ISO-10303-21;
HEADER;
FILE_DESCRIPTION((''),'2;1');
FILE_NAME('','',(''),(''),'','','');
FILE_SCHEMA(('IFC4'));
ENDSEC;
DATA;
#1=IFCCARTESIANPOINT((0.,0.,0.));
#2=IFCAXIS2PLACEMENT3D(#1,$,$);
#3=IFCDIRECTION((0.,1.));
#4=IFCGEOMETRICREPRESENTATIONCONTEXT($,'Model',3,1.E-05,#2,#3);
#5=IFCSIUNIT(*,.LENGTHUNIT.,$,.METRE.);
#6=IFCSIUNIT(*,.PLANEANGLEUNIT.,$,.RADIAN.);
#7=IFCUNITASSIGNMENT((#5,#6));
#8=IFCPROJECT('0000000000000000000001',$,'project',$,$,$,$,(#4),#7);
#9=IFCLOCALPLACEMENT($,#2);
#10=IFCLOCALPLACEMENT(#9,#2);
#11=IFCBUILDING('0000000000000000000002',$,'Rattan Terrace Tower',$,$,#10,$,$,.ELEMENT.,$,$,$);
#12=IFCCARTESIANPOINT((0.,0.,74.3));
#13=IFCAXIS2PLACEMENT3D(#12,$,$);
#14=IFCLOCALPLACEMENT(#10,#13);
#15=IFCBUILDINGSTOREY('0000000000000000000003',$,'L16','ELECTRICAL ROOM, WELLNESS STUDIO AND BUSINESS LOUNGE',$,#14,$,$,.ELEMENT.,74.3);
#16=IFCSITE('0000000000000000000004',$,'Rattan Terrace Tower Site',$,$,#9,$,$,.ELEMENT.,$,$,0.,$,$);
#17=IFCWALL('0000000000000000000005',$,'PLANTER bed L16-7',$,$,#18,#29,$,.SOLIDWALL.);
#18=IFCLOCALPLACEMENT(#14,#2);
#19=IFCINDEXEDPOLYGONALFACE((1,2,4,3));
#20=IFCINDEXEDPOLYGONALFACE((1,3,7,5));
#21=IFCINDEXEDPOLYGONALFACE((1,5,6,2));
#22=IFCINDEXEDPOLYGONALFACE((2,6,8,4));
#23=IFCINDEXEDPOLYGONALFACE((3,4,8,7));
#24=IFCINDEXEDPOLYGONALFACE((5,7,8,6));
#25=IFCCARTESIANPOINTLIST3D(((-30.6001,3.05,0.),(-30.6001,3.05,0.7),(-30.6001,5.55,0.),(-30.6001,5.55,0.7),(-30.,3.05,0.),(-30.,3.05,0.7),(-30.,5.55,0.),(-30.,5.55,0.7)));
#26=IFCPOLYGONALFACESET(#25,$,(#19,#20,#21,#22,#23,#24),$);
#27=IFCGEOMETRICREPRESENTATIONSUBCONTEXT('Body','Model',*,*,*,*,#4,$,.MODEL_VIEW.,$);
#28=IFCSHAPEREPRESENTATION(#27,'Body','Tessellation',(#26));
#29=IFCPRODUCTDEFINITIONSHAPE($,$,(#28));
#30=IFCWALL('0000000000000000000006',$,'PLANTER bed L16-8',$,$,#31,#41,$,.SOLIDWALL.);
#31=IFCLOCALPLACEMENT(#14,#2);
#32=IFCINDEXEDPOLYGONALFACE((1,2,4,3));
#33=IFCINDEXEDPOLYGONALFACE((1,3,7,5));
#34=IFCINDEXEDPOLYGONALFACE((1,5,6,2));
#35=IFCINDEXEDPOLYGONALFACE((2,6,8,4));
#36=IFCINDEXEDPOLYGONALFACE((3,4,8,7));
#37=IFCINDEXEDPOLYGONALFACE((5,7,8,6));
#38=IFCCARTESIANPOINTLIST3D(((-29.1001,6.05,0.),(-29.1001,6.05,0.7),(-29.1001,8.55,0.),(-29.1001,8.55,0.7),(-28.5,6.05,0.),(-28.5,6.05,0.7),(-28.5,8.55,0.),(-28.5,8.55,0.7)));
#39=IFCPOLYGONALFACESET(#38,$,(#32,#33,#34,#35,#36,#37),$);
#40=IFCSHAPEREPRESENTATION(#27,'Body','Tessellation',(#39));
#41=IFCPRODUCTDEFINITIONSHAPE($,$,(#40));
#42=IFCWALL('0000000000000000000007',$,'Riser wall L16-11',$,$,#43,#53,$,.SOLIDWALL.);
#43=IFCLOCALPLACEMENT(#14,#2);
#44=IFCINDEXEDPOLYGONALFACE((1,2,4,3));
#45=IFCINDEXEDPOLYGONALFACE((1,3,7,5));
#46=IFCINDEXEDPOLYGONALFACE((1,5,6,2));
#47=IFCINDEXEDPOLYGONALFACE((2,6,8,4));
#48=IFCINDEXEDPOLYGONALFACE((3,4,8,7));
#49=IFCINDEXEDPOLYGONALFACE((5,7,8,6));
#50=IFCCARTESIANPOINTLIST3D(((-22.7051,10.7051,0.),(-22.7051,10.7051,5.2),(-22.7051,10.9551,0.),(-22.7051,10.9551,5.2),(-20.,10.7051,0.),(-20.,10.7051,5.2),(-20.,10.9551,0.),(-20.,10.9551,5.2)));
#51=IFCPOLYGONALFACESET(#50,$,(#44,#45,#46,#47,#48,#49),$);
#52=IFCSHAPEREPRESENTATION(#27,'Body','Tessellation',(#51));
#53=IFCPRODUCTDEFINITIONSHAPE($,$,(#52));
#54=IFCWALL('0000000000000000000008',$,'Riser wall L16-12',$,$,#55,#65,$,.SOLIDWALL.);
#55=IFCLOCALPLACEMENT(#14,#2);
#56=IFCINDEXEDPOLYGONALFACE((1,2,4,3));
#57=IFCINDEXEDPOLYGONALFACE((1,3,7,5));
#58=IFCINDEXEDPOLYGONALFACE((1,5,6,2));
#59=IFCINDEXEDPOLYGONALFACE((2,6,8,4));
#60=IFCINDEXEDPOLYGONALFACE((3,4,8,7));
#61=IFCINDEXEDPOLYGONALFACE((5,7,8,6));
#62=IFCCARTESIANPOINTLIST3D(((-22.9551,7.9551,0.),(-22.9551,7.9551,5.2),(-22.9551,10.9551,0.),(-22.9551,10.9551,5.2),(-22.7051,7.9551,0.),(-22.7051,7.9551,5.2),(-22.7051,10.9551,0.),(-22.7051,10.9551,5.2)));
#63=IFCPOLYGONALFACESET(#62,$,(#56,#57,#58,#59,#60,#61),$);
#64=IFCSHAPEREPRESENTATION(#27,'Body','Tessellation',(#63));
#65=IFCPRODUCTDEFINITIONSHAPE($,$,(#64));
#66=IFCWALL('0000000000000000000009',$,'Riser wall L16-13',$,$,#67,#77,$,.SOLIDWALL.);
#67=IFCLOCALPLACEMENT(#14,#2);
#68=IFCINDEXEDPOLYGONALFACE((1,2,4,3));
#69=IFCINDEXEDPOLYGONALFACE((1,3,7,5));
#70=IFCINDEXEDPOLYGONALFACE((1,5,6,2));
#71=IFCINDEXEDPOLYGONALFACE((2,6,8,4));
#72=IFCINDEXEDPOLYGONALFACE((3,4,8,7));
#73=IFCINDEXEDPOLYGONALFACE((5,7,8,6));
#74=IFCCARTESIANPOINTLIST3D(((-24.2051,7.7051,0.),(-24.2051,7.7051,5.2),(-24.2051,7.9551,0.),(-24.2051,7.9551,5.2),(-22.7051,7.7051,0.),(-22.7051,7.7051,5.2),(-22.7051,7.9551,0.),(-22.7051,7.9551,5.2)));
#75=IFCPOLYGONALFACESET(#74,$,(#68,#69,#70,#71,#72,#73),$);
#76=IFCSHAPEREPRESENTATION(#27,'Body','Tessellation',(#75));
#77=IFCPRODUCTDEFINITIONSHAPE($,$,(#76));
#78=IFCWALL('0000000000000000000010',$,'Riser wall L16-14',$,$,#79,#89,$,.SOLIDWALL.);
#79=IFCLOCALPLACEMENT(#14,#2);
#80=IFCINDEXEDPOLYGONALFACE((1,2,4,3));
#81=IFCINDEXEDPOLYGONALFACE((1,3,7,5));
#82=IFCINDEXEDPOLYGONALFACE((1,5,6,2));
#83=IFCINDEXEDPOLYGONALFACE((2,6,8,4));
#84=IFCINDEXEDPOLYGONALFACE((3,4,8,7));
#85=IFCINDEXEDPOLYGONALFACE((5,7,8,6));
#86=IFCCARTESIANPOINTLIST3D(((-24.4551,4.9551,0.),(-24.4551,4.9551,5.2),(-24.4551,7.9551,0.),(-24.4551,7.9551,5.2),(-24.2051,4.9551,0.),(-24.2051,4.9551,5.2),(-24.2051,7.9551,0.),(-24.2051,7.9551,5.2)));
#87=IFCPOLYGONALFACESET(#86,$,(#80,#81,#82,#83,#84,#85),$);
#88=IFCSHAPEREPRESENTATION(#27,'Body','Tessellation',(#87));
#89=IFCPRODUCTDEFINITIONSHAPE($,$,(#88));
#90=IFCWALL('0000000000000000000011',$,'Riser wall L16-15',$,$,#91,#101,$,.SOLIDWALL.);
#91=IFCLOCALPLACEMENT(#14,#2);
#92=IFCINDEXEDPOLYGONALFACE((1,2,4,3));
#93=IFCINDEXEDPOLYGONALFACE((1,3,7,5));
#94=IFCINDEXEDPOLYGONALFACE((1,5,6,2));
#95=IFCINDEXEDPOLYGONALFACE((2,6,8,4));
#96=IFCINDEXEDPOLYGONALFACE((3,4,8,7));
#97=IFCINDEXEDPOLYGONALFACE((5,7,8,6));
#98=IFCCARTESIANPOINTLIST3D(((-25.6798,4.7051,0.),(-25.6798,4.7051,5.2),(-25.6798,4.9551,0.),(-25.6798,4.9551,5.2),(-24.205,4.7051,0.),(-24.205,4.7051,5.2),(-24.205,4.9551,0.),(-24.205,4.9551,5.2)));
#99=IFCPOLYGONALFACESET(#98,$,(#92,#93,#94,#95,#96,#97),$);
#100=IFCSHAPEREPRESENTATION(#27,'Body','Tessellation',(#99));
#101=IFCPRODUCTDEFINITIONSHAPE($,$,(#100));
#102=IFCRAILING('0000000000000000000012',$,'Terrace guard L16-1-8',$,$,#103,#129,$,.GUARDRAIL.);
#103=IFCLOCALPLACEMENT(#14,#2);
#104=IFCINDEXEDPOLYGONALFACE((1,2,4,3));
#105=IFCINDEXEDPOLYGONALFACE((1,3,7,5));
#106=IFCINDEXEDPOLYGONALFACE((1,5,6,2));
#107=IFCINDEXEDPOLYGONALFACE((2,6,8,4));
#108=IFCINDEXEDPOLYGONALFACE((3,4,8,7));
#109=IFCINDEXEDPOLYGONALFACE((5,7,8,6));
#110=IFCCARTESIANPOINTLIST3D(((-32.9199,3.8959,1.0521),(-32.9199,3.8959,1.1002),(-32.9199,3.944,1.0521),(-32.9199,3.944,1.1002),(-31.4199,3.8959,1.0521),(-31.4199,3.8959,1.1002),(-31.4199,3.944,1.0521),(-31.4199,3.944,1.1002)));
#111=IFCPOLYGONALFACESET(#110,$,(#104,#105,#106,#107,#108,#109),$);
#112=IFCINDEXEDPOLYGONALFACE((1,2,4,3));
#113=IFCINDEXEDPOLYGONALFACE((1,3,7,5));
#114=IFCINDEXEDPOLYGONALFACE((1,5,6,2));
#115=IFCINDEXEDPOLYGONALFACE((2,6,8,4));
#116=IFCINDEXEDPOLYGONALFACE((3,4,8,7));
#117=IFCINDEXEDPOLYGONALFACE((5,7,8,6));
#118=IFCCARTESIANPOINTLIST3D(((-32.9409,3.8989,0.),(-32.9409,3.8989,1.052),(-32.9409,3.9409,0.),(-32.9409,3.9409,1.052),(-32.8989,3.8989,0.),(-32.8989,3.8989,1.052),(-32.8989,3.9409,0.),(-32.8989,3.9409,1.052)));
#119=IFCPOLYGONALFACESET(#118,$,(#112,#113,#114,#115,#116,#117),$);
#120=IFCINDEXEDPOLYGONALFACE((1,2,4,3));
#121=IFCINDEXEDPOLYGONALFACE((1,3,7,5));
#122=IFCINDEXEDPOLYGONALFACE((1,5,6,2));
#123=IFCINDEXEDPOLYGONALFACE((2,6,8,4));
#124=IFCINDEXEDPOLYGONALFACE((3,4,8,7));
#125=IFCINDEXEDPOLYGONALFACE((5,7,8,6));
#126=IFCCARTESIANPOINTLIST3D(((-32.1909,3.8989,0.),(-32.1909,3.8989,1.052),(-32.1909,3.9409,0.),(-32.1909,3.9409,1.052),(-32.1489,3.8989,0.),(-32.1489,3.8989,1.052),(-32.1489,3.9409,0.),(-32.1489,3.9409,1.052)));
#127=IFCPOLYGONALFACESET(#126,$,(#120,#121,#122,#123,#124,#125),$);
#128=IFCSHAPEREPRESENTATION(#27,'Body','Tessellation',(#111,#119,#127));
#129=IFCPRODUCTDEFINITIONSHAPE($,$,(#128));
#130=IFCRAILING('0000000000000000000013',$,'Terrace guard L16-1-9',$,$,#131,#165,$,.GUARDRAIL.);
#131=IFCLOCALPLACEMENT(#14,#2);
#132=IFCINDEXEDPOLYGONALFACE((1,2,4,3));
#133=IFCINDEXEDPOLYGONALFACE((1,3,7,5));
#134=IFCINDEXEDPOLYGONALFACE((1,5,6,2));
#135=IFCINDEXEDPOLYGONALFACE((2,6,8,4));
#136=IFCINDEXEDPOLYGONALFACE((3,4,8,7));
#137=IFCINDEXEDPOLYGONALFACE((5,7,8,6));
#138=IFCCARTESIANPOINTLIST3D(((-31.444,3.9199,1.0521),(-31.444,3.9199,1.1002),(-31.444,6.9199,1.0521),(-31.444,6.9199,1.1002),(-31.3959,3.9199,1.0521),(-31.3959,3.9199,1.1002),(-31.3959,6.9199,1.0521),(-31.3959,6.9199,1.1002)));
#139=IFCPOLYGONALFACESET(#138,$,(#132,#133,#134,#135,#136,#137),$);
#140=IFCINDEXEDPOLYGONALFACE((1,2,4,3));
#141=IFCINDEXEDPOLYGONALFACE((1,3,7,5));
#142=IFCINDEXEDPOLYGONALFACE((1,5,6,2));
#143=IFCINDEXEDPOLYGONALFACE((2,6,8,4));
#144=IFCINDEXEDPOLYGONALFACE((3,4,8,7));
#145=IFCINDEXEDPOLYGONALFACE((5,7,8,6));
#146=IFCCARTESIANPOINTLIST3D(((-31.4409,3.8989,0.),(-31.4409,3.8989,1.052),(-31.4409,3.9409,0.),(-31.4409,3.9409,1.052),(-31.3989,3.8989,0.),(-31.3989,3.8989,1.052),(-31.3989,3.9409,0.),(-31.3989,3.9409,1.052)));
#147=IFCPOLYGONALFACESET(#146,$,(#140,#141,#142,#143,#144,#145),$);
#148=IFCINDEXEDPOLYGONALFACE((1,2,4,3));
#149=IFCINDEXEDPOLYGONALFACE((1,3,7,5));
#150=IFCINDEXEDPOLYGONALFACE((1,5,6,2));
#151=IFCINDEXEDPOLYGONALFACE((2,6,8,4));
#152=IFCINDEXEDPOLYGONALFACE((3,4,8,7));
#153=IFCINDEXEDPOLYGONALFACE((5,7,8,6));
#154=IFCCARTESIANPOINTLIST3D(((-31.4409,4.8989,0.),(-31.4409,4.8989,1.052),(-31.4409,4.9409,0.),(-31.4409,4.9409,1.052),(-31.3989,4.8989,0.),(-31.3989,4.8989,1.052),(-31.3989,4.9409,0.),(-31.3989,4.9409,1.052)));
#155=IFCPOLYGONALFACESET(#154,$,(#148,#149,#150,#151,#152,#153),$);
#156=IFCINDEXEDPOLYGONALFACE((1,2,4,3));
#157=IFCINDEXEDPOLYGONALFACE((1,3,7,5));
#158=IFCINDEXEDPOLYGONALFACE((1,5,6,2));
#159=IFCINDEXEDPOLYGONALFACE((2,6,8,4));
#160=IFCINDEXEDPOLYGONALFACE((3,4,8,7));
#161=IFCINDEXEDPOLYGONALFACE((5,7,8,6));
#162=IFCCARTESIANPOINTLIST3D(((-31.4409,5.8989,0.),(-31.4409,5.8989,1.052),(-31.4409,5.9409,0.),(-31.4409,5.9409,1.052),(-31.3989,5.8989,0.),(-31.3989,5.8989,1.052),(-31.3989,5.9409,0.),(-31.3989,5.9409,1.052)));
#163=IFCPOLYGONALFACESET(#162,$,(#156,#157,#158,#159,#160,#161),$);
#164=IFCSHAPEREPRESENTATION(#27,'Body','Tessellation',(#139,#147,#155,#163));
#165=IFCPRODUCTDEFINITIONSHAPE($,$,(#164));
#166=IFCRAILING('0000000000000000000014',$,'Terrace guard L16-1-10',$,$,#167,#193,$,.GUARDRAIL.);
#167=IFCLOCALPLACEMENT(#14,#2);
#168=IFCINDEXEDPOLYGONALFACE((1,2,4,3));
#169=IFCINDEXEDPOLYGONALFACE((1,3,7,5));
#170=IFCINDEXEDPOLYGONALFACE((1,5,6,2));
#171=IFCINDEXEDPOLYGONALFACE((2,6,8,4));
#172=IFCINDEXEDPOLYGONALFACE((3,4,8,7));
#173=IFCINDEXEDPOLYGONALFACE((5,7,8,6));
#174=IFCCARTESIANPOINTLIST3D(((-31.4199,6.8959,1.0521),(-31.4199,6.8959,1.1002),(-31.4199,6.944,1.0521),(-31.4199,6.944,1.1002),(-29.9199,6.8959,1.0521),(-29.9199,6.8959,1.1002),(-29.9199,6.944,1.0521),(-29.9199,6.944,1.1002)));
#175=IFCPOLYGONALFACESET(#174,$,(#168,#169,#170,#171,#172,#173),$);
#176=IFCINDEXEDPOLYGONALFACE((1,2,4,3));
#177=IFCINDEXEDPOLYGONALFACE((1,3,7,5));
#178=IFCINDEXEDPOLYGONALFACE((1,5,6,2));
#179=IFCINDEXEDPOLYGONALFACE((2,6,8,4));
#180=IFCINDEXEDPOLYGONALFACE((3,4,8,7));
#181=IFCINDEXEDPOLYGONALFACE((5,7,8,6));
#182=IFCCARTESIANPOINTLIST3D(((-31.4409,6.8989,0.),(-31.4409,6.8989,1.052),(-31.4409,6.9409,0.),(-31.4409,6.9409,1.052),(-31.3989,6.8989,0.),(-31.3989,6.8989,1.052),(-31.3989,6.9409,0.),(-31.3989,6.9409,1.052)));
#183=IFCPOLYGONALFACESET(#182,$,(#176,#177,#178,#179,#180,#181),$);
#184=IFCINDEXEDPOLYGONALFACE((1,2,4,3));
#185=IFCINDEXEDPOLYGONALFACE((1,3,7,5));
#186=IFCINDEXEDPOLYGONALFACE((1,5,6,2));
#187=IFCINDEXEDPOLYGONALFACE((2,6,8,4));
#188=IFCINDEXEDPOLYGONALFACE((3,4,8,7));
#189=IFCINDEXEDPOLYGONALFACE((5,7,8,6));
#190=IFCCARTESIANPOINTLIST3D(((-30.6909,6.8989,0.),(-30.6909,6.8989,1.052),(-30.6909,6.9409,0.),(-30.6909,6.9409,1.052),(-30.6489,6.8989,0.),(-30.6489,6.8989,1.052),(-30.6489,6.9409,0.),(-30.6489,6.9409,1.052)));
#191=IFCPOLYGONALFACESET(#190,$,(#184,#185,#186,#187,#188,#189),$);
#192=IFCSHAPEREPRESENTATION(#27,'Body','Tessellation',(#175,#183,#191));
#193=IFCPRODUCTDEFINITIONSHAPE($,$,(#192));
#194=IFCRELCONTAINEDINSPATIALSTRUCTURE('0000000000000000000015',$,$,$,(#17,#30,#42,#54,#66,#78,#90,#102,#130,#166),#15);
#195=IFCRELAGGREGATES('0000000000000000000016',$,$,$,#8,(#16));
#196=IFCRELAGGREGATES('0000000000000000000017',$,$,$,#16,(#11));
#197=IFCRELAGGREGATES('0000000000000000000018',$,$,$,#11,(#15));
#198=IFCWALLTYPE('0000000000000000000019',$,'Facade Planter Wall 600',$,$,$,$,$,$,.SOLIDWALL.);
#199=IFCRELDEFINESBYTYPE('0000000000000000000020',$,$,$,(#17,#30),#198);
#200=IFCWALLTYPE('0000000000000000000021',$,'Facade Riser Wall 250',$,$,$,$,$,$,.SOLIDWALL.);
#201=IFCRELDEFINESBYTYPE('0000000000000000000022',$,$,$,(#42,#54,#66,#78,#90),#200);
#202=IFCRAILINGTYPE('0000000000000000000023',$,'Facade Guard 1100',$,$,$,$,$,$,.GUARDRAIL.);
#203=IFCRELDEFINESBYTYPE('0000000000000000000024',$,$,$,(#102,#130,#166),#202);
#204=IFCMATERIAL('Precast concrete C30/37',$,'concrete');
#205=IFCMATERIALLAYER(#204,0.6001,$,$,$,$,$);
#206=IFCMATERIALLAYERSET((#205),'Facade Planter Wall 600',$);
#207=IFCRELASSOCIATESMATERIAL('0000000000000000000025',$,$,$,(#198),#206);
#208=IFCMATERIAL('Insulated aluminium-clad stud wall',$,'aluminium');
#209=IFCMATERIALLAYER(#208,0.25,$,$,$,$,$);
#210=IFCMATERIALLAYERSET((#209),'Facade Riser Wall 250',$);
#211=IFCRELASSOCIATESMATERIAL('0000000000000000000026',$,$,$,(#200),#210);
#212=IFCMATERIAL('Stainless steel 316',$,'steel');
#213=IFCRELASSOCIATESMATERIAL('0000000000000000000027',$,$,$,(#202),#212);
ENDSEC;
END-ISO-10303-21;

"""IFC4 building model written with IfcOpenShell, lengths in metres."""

from ifc_helpers import new_model, si_unit, direction, frame, frame_2d, origin, origin_2d, place, context, subcontext, project, spatial, rectangle, extrude, material, layer, layer_set, type_object, element, save


model = new_model("IFC4")

# Units and contexts
model_context = context("Model", 3, precision=1e-05, world=origin(), true_north=direction((0.0, 1.0)))
body_context = subcontext(model_context, "Body", "Model", "MODEL_VIEW")
ifc_project = project(units=[si_unit("LENGTHUNIT", "METRE"), si_unit("PLANEANGLEUNIT", "RADIAN")], contexts=[model_context])

# Site, building, storey
site_placement = place(None, origin())
site = spatial("IfcSite", under=ifc_project, at=site_placement, Name="Rattan Terrace Tower Site", CompositionType="ELEMENT", RefElevation=0.0)
building_placement = place(site_placement, origin())
building = spatial("IfcBuilding", under=site, at=building_placement, Name="Rattan Terrace Tower", CompositionType="ELEMENT")
storey_placement = place(building_placement, frame((0.0, 0.0, 74.3)))
storey = spatial("IfcBuildingStorey", under=building, at=storey_placement, Name="L16", Description="ELECTRICAL ROOM, WELLNESS STUDIO AND BUSINESS LOUNGE", CompositionType="ELEMENT", Elevation=74.3)

# Walls
ifc_material_1 = material(Name="Precast concrete C30/37", Category="concrete")
ifc_layer_1 = layer(ifc_material_1, 0.6001)
ifc_layer_set_1 = layer_set([ifc_layer_1], Name="Facade Planter Wall 600")
wall_type_1 = type_object("IfcWallType", Name="Facade Planter Wall 600", PredefinedType="SOLIDWALL", material=ifc_layer_set_1)
for number, where, z_axis, x_axis, name in (
    (1, (-30.3, 3.05, 0.0), (0.0, 0.0, 1.0), (0.0, 1.0, 0.0), "PLANTER bed L16-7"),
    (2, (-28.8, 6.05, 0.0), (0.0, 0.0, 1.0), (0.0, 1.0, 0.0), "PLANTER bed L16-8"),
):
    element("IfcWall", number, at=place(storey_placement, frame(where, z_axis=z_axis, x_axis=x_axis)), inside=storey, type_object=wall_type_1, Name=name, PredefinedType="SOLIDWALL", context=body_context, shape_type="SweptSolid", body=[
        extrude(rectangle(XDim=2.5, YDim=0.6001, at=frame_2d((1.25, 0.0))), origin(), (0.0, 0.0, 1.0), 0.7),
    ])
ifc_material_2 = material(Name="Insulated aluminium-clad stud wall", Category="aluminium")
ifc_layer_2 = layer(ifc_material_2, 0.25)
ifc_layer_set_2 = layer_set([ifc_layer_2], Name="Facade Riser Wall 250")
wall_type_2 = type_object("IfcWallType", Name="Facade Riser Wall 250", PredefinedType="SOLIDWALL", material=ifc_layer_set_2)
wall_1_placement = place(storey_placement, frame((-20.0, 10.8301, 0.0), z_axis=(0.0, 0.0, 1.0), x_axis=(-1.0, 0.0, 0.0)))
element("IfcWall", 3, at=wall_1_placement, inside=storey, type_object=wall_type_2, Name="Riser wall L16-11", PredefinedType="SOLIDWALL", context=body_context, shape_type="SweptSolid", body=[
    extrude(rectangle(XDim=2.7051, YDim=0.25, at=frame_2d((1.3525, 0.0))), origin(), (0.0, 0.0, 1.0), 5.2),
])
wall_2_placement = place(storey_placement, frame((-22.8301, 10.9551, 0.0), z_axis=(0.0, 0.0, 1.0), x_axis=(0.0, -1.0, 0.0)))
element("IfcWall", 4, at=wall_2_placement, inside=storey, type_object=wall_type_2, Name="Riser wall L16-12", PredefinedType="SOLIDWALL", context=body_context, shape_type="SweptSolid", body=[
    extrude(rectangle(XDim=3.0, YDim=0.25, at=frame_2d((1.5, 0.0))), origin(), (0.0, 0.0, 1.0), 5.2),
])
wall_3_placement = place(storey_placement, frame((-22.7051, 7.8301, 0.0), z_axis=(0.0, 0.0, 1.0), x_axis=(-1.0, 0.0, 0.0)))
element("IfcWall", 5, at=wall_3_placement, inside=storey, type_object=wall_type_2, Name="Riser wall L16-13", PredefinedType="SOLIDWALL", context=body_context, shape_type="SweptSolid", body=[
    extrude(rectangle(XDim=1.5, YDim=0.25, at=frame_2d((0.75, 0.0))), origin(), (0.0, 0.0, 1.0), 5.2),
])
wall_4_placement = place(storey_placement, frame((-24.3301, 7.9551, 0.0), z_axis=(0.0, 0.0, 1.0), x_axis=(0.0, -1.0, 0.0)))
element("IfcWall", 6, at=wall_4_placement, inside=storey, type_object=wall_type_2, Name="Riser wall L16-14", PredefinedType="SOLIDWALL", context=body_context, shape_type="SweptSolid", body=[
    extrude(rectangle(XDim=3.0, YDim=0.25, at=frame_2d((1.5, 0.0))), origin(), (0.0, 0.0, 1.0), 5.2),
])
wall_5_placement = place(storey_placement, frame((-24.2051, 4.8301, 0.0), z_axis=(0.0, 0.0, 1.0), x_axis=(-1.0, 0.0, 0.0)))
element("IfcWall", 7, at=wall_5_placement, inside=storey, type_object=wall_type_2, Name="Riser wall L16-15", PredefinedType="SOLIDWALL", context=body_context, shape_type="SweptSolid", body=[
    extrude(rectangle(XDim=1.4749, YDim=0.25, at=frame_2d((0.7373, 0.0))), origin(), (0.0, 0.0, 1.0), 5.2),
])

# Railings
ifc_material_3 = material(Name="Stainless steel 316", Category="steel")
railing_type = type_object("IfcRailingType", Name="Facade Guard 1100", PredefinedType="GUARDRAIL", material=ifc_material_3)
railing_1_placement = place(storey_placement, frame((-32.9199, 3.9199, 0.0)))
element("IfcRailing", 8, at=railing_1_placement, inside=storey, type_object=railing_type, Name="Terrace guard L16-1-8", PredefinedType="GUARDRAIL", context=body_context, shape_type="SweptSolid", body=[
    extrude(rectangle(XDim=0.0481, YDim=0.0481, at=origin_2d()), frame((0.0, 0.0, 1.0762), z_axis=(1.0, 0.0, 0.0), x_axis=(0.0, 1.0, 0.0)), (0.0, 0.0, 1.0), 1.5),
    extrude(rectangle(XDim=0.042, YDim=0.042, at=origin_2d()), origin(), (0.0, 0.0, 1.0), 1.052),
    extrude(rectangle(XDim=0.042, YDim=0.042, at=origin_2d()), frame((0.75, 0.0, 0.0)), (0.0, 0.0, 1.0), 1.052),
])
railing_2_placement = place(storey_placement, frame((-31.4199, 3.9199, 0.0)))
element("IfcRailing", 9, at=railing_2_placement, inside=storey, type_object=railing_type, Name="Terrace guard L16-1-9", PredefinedType="GUARDRAIL", context=body_context, shape_type="SweptSolid", body=[
    extrude(rectangle(XDim=0.0481, YDim=0.0481, at=origin_2d()), frame((0.0, 0.0, 1.0762), z_axis=(0.0, 1.0, 0.0), x_axis=(-1.0, 0.0, 0.0)), (0.0, 0.0, 1.0), 3.0),
    extrude(rectangle(XDim=0.042, YDim=0.042, at=origin_2d()), origin(), (0.0, 0.0, 1.0), 1.052),
    extrude(rectangle(XDim=0.042, YDim=0.042, at=origin_2d()), frame((0.0, 1.0, 0.0)), (0.0, 0.0, 1.0), 1.052),
    extrude(rectangle(XDim=0.042, YDim=0.042, at=origin_2d()), frame((0.0, 2.0, 0.0)), (0.0, 0.0, 1.0), 1.052),
])
railing_3_placement = place(storey_placement, frame((-31.4199, 6.9199, 0.0)))
element("IfcRailing", 10, at=railing_3_placement, inside=storey, type_object=railing_type, Name="Terrace guard L16-1-10", PredefinedType="GUARDRAIL", context=body_context, shape_type="SweptSolid", body=[
    extrude(rectangle(XDim=0.0481, YDim=0.0481, at=origin_2d()), frame((0.0, 0.0, 1.0762), z_axis=(1.0, 0.0, 0.0), x_axis=(0.0, 1.0, 0.0)), (0.0, 0.0, 1.0), 1.5),
    extrude(rectangle(XDim=0.042, YDim=0.042, at=origin_2d()), origin(), (0.0, 0.0, 1.0), 1.052),
    extrude(rectangle(XDim=0.042, YDim=0.042, at=origin_2d()), frame((0.75, 0.0, 0.0)), (0.0, 0.0, 1.0), 1.052),
])

save(model, "model.ifc")
